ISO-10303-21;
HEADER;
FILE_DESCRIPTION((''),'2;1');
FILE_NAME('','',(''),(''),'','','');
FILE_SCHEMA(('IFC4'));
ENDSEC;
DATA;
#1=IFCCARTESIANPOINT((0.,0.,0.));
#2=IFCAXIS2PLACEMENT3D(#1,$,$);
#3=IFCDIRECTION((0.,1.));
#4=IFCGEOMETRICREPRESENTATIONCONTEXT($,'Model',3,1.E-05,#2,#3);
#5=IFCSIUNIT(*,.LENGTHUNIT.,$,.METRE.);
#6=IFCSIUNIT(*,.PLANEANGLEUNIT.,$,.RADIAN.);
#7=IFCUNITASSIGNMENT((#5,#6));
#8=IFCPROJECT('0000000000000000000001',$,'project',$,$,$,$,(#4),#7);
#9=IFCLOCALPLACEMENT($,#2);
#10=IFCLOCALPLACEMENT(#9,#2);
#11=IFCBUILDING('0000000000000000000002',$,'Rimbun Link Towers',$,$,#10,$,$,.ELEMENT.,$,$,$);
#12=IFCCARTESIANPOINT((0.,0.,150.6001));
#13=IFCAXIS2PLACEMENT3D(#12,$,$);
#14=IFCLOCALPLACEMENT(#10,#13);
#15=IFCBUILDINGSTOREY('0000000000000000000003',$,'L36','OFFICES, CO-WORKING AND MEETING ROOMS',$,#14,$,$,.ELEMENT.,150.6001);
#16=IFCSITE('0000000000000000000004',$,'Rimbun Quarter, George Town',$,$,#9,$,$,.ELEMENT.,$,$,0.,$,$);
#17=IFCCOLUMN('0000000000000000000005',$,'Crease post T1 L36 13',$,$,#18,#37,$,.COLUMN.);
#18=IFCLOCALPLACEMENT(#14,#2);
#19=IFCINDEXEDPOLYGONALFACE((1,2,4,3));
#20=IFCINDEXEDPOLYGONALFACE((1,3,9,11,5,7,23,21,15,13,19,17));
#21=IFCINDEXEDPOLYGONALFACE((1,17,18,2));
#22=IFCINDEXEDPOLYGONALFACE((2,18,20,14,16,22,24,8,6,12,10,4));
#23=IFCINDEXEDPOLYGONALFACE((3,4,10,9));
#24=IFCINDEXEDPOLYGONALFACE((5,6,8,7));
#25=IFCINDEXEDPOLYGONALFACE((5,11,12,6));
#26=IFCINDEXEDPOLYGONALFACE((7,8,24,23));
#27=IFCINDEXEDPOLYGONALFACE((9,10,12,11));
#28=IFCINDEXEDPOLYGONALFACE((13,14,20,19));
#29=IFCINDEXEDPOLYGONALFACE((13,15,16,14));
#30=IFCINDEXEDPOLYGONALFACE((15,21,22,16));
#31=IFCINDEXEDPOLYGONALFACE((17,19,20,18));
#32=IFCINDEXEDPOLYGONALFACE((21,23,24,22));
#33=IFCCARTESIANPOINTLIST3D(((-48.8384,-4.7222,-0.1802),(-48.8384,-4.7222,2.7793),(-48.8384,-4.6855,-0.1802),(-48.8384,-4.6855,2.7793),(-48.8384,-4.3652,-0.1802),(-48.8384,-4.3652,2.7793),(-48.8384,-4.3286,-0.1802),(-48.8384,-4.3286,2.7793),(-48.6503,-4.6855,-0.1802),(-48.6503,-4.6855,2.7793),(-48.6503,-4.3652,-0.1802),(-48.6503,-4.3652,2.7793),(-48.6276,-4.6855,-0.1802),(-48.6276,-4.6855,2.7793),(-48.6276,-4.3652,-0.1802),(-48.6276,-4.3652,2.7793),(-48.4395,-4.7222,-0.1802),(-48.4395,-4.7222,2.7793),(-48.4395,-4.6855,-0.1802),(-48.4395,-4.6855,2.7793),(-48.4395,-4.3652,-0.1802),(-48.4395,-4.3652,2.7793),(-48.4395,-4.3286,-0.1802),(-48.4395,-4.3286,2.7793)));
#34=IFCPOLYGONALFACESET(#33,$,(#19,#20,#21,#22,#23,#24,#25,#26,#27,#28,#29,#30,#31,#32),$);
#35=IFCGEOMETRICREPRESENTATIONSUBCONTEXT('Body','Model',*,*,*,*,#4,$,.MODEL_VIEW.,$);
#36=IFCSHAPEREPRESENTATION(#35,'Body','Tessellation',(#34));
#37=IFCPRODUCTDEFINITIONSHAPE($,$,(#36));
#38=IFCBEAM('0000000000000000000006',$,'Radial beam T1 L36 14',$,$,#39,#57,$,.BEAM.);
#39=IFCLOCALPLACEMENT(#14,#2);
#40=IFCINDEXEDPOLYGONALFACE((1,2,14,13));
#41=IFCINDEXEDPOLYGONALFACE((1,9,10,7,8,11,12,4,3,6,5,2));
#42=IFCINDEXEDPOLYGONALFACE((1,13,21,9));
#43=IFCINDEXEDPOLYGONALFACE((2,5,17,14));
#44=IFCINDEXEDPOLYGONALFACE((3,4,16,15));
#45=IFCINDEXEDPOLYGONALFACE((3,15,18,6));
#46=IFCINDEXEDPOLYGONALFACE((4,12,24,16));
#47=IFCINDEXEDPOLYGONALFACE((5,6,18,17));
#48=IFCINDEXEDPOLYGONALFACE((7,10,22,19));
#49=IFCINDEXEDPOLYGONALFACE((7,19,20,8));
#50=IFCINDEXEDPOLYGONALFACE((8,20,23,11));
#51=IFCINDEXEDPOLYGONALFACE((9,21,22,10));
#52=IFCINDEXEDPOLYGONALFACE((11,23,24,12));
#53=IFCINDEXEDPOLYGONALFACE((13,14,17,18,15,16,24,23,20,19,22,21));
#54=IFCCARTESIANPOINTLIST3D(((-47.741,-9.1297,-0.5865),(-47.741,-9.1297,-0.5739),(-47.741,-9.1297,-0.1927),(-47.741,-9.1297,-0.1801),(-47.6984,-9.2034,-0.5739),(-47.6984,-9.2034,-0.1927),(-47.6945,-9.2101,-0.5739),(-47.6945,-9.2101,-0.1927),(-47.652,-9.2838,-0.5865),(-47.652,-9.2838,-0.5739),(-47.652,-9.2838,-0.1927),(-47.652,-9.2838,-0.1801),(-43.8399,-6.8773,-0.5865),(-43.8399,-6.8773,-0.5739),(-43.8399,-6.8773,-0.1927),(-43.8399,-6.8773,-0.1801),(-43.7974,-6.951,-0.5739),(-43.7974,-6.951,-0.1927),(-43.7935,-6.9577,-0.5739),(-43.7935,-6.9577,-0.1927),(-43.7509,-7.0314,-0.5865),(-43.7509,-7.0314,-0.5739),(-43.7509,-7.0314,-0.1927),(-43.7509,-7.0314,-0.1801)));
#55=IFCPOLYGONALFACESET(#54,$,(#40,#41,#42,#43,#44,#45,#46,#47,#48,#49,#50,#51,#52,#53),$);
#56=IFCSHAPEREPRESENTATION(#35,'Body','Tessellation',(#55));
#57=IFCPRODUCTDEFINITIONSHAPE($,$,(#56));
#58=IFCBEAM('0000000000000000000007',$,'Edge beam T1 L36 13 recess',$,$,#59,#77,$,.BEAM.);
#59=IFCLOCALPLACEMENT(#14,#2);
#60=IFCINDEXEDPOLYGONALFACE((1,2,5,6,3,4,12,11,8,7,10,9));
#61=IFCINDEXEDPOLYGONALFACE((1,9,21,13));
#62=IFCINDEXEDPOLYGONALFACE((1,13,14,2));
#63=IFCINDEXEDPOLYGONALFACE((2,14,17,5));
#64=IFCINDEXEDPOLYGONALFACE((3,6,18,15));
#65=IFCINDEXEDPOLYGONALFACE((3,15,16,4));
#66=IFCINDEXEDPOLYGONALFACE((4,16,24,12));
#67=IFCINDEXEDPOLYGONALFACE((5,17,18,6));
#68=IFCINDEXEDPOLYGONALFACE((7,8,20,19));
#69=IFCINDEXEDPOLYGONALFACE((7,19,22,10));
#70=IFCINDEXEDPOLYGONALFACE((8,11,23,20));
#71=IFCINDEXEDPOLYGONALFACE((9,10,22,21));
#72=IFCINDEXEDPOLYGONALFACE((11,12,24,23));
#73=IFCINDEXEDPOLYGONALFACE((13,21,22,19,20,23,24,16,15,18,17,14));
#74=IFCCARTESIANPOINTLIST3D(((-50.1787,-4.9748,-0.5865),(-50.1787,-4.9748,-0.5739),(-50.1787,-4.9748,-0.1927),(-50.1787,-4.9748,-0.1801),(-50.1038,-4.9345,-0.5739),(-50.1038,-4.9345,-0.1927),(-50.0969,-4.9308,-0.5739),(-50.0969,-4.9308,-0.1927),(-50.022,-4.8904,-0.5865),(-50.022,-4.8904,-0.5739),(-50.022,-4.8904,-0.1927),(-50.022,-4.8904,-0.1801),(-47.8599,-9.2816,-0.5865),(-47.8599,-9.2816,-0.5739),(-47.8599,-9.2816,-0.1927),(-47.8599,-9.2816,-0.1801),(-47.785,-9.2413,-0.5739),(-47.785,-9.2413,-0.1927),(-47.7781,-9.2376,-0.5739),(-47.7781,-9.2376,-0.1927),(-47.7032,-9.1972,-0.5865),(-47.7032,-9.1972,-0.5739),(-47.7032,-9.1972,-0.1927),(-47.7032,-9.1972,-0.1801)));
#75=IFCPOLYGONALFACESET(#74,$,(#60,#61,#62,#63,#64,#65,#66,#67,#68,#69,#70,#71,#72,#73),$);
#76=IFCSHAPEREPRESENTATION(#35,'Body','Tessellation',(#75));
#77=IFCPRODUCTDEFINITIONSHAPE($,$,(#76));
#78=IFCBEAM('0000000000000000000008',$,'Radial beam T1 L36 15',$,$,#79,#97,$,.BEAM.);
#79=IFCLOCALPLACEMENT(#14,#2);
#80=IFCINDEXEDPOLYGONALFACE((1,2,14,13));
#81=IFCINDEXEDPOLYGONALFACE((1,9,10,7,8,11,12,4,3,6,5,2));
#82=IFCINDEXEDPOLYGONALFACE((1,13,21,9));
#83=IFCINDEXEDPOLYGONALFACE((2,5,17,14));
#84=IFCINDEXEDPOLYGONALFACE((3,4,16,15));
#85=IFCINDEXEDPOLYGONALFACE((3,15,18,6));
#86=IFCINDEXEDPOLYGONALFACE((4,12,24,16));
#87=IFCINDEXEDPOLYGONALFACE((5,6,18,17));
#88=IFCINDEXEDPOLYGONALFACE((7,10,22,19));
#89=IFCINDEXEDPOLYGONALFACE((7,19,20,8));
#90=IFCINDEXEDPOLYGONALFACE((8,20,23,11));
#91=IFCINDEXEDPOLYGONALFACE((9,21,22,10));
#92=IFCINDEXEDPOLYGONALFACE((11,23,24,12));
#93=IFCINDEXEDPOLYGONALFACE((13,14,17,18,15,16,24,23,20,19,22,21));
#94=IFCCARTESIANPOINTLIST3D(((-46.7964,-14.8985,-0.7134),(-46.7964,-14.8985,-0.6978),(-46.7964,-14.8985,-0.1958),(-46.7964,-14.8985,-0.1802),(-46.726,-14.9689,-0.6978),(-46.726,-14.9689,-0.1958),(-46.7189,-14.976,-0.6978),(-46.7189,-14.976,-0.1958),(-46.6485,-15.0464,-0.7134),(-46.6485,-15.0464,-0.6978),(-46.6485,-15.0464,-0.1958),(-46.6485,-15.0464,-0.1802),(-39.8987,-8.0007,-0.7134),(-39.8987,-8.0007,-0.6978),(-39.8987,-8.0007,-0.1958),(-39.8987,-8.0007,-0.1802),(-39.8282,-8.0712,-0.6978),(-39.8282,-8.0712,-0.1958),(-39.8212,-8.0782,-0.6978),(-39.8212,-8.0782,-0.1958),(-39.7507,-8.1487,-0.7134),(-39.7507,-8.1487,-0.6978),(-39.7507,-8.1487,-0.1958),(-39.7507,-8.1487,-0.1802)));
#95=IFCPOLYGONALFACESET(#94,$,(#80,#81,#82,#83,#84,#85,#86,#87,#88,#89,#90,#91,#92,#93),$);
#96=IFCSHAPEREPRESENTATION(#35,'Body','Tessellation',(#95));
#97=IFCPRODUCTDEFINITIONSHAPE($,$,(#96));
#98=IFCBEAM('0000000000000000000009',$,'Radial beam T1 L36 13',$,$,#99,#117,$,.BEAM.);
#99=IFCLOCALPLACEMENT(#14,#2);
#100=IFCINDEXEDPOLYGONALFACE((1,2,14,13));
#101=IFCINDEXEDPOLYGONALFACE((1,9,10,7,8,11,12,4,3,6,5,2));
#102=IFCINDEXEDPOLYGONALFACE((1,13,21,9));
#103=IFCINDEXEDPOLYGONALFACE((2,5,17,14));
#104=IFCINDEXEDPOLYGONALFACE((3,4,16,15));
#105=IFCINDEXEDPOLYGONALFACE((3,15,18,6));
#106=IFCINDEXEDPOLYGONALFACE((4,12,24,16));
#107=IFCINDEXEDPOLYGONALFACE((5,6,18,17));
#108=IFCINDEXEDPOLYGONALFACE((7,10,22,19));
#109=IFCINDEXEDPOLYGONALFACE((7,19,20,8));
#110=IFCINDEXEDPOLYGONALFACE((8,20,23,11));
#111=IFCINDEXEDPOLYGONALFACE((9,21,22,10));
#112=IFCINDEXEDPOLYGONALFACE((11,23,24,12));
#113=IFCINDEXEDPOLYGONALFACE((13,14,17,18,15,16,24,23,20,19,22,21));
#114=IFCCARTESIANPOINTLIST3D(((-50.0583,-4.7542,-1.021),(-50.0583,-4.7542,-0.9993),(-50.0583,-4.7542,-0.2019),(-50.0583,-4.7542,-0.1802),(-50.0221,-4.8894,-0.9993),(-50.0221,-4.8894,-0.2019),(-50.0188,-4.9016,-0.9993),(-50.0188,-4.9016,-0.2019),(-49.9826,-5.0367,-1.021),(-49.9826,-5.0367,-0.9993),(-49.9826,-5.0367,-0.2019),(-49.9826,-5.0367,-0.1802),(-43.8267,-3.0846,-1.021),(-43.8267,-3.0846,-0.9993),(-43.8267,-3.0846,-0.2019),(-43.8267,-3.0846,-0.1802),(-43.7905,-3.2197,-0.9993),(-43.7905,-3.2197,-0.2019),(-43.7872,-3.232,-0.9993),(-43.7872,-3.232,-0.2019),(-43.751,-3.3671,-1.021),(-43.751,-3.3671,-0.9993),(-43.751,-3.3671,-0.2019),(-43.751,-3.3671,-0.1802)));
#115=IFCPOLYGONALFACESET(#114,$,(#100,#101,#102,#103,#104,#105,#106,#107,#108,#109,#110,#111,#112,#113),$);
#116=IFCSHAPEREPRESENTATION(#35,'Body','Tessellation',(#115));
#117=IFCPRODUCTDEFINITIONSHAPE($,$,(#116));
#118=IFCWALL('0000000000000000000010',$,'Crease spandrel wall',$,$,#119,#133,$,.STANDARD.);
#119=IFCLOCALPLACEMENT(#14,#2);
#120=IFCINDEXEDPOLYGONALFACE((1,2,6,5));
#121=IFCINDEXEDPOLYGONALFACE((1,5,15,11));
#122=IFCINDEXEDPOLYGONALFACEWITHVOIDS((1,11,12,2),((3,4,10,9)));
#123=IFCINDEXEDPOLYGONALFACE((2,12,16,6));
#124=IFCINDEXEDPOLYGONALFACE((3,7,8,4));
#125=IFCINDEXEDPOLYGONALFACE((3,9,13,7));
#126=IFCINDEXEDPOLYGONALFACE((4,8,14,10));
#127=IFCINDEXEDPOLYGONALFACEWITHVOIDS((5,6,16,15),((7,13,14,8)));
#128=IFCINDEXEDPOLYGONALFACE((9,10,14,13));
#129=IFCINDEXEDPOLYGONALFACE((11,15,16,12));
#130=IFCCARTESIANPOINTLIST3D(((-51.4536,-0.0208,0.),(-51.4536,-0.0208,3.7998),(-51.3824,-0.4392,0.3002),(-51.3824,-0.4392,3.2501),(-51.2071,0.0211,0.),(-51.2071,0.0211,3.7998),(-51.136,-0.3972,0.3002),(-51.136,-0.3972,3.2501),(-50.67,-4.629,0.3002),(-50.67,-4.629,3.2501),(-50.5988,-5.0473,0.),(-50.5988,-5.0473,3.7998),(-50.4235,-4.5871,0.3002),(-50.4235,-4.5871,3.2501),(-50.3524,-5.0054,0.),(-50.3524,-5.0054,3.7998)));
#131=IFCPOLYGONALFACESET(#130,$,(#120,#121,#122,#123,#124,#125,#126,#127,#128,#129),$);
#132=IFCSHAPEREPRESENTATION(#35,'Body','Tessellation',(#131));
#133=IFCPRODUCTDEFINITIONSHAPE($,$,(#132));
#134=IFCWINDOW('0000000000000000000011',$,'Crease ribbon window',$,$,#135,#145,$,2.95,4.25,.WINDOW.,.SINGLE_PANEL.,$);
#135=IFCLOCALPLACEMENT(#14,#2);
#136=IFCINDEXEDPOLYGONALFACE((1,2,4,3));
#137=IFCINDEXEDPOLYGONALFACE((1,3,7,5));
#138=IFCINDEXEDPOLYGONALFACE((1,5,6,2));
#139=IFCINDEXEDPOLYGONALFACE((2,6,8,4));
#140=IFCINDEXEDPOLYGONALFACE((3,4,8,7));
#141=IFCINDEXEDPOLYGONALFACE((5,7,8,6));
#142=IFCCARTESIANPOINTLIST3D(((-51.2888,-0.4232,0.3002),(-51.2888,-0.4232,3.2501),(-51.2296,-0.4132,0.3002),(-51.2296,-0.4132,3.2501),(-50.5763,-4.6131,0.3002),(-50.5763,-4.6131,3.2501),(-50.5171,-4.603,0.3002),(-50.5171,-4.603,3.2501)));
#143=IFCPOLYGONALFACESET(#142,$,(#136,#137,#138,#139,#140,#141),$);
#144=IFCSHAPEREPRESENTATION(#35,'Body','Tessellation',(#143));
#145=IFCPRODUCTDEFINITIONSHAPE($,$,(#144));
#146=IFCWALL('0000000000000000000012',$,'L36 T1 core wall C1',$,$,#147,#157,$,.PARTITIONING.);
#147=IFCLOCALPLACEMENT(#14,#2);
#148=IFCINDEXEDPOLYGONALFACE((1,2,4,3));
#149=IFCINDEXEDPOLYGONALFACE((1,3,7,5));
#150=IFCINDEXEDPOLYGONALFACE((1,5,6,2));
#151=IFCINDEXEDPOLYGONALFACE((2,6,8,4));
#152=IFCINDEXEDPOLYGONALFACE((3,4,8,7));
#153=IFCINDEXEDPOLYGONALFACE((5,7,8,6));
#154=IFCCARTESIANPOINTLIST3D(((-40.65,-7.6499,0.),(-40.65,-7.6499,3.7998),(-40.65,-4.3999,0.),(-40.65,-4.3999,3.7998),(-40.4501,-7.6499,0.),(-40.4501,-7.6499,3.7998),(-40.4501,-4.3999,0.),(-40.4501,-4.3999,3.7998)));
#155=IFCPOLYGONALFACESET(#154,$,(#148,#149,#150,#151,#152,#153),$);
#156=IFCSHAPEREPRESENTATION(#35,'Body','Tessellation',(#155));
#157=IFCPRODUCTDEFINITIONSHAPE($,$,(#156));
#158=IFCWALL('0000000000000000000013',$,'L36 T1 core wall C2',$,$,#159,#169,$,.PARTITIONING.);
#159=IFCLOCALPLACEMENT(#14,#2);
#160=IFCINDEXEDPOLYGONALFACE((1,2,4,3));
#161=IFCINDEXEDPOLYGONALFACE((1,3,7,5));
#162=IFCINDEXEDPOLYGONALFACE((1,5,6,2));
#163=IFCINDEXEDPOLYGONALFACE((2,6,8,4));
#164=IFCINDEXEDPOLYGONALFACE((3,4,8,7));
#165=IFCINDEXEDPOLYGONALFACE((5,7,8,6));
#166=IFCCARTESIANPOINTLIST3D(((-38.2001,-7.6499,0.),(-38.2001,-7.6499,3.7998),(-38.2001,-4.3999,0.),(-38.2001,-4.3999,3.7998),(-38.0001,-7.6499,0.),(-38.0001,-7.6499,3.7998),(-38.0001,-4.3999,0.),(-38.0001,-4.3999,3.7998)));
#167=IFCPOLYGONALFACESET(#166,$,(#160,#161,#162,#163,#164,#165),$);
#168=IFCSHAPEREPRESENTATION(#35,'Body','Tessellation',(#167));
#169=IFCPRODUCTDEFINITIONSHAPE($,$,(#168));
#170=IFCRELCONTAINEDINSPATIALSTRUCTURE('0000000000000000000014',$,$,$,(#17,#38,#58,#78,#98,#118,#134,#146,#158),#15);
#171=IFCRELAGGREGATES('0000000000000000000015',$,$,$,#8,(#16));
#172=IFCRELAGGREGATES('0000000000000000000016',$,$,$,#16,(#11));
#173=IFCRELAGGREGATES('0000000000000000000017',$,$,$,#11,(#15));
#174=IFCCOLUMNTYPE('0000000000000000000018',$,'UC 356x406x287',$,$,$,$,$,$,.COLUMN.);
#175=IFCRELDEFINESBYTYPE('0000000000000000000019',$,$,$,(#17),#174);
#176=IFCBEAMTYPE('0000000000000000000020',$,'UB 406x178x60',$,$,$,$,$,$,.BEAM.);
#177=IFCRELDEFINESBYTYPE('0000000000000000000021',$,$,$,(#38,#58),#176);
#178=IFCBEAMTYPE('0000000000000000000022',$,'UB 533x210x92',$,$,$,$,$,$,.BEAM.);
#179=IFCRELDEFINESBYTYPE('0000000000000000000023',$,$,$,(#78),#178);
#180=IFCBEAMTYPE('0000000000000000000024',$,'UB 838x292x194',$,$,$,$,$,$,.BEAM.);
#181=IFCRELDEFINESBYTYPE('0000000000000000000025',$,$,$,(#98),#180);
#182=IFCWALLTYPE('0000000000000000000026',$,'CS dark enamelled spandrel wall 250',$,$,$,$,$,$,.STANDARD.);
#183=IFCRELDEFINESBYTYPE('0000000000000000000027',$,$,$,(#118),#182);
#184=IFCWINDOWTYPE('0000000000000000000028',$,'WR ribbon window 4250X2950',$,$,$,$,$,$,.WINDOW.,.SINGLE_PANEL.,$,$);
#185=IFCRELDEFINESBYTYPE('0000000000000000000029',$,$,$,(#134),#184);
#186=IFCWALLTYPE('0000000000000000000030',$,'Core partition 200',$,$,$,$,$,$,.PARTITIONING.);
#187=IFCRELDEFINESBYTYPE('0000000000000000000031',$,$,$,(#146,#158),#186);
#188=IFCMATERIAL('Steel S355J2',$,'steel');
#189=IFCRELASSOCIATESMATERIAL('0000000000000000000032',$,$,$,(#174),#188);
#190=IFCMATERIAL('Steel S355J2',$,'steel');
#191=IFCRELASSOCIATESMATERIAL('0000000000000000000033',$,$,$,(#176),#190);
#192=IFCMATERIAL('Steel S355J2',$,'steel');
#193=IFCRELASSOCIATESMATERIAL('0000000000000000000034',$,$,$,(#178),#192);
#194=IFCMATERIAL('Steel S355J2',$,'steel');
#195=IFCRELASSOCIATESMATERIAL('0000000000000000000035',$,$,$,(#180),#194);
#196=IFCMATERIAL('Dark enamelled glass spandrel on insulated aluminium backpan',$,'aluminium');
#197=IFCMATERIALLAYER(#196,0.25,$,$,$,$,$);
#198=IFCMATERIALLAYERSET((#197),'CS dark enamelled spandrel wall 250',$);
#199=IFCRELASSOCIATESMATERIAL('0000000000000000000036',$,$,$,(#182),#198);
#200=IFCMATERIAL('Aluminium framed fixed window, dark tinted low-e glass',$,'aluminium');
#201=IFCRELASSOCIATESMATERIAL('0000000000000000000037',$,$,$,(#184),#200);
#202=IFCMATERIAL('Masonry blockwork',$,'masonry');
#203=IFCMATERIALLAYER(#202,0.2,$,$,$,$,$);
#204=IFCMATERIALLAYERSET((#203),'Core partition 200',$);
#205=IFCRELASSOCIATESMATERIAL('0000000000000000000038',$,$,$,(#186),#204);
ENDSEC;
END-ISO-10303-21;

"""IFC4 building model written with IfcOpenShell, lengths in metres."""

from ifc_helpers import new_model, si_unit, direction, frame, frame_2d, origin, origin_2d, place, context, subcontext, project, spatial, rectangle, i_section, extrude, material, layer, layer_set, material_profile, profile_set, type_object, element, fill, save


model = new_model("IFC4")

# Units and contexts
model_context = context("Model", 3, precision=1e-05, world=origin(), true_north=direction((0.0, 1.0)))
body_context = subcontext(model_context, "Body", "Model", "MODEL_VIEW")
ifc_project = project(units=[si_unit("LENGTHUNIT", "METRE"), si_unit("PLANEANGLEUNIT", "RADIAN")], contexts=[model_context])

# Site, building, storey
site_placement = place(None, origin())
site = spatial("IfcSite", under=ifc_project, at=site_placement, Name="Rimbun Quarter, George Town", CompositionType="ELEMENT", RefElevation=0.0)
building_placement = place(site_placement, origin())
building = spatial("IfcBuilding", under=site, at=building_placement, Name="Rimbun Link Towers", CompositionType="ELEMENT")
storey_placement = place(building_placement, frame((0.0, 0.0, 150.6001)))
storey = spatial("IfcBuildingStorey", under=building, at=storey_placement, Name="L36", Description="OFFICES, CO-WORKING AND MEETING ROOMS", CompositionType="ELEMENT", Elevation=150.6001)

# Column
ifc_material_1 = material(Name="Steel S355J2", Category="steel")
ifc_material_profile_1 = material_profile(ifc_material_1, i_section(OverallWidth=0.3989, OverallDepth=0.3936, WebThickness=0.0227, FlangeThickness=0.0366, at=origin_2d()), Name="UC 356x406x287")
ifc_profile_set_1 = profile_set([ifc_material_profile_1], Name="Steel S355J2")
column_type = type_object("IfcColumnType", Name="UC 356x406x287", PredefinedType="COLUMN", material=ifc_profile_set_1)
column_placement = place(storey_placement, frame((-48.6389, -4.5254, -0.1802), z_axis=(0.0, 0.0, 1.0), x_axis=(1.0, 0.0, 0.0)))
element("IfcColumn", 1, at=column_placement, inside=storey, type_object=column_type, Name="Crease post T1 L36 13", PredefinedType="COLUMN", context=body_context, shape_type="SweptSolid", body=[
    extrude(i_section(OverallWidth=0.3989, OverallDepth=0.3936, WebThickness=0.0227, FlangeThickness=0.0366, at=origin_2d()), origin(), (0.0, 0.0, 1.0), 2.9595),
])

# Beams
ifc_material_2 = material(Name="Steel S355J2", Category="steel")
ifc_material_profile_2 = material_profile(ifc_material_2, i_section(OverallWidth=0.178, OverallDepth=0.4065, WebThickness=0.0078, FlangeThickness=0.0127, at=origin_2d()), Name="UB 406x178x60")
ifc_profile_set_2 = profile_set([ifc_material_profile_2], Name="Steel S355J2")
beam_type_1 = type_object("IfcBeamType", Name="UB 406x178x60", PredefinedType="BEAM", material=ifc_profile_set_2)
beam_1_placement = place(storey_placement, frame((-43.7954, -6.9543, -0.3833), z_axis=(-0.866013, -0.500021, 0.0), x_axis=(0.500021, -0.866013, 0.0)))
element("IfcBeam", 2, at=beam_1_placement, inside=storey, type_object=beam_type_1, Name="Radial beam T1 L36 14", PredefinedType="BEAM", context=body_context, shape_type="SweptSolid", body=[
    extrude(i_section(OverallWidth=0.178, OverallDepth=0.4065, WebThickness=0.0078, FlangeThickness=0.0127, at=origin_2d()), origin(), (0.0, 0.0, 1.0), 4.5046),
])
beam_2_placement = place(storey_placement, frame((-50.1003, -4.9326, -0.3833), z_axis=(0.474061, -0.880492, 0.0), x_axis=(0.880492, 0.474061, 0.0)))
element("IfcBeam", 3, at=beam_2_placement, inside=storey, type_object=beam_type_1, Name="Edge beam T1 L36 13 recess", PredefinedType="BEAM", context=body_context, shape_type="SweptSolid", body=[
    extrude(i_section(OverallWidth=0.178, OverallDepth=0.4065, WebThickness=0.0078, FlangeThickness=0.0127, at=origin_2d()), origin(), (0.0, 0.0, 1.0), 4.8914),
])
ifc_material_3 = material(Name="Steel S355J2", Category="steel")
ifc_material_profile_3 = material_profile(ifc_material_3, i_section(OverallWidth=0.2092, OverallDepth=0.5332, WebThickness=0.01, FlangeThickness=0.0156, at=origin_2d()), Name="UB 533x210x92")
ifc_profile_set_3 = profile_set([ifc_material_profile_3], Name="Steel S355J2")
beam_type_2 = type_object("IfcBeamType", Name="UB 533x210x92", PredefinedType="BEAM", material=ifc_profile_set_3)
beam_3_placement = place(storey_placement, frame((-39.8247, -8.0747, -0.4468), z_axis=(-0.707107, -0.707107, 0.0), x_axis=(0.707107, -0.707107, 0.0)))
element("IfcBeam", 4, at=beam_3_placement, inside=storey, type_object=beam_type_2, Name="Radial beam T1 L36 15", PredefinedType="BEAM", context=body_context, shape_type="SweptSolid", body=[
    extrude(i_section(OverallWidth=0.2092, OverallDepth=0.5332, WebThickness=0.01, FlangeThickness=0.0156, at=origin_2d()), origin(), (0.0, 0.0, 1.0), 9.7549),
])
ifc_material_4 = material(Name="Steel S355J2", Category="steel")
ifc_material_profile_4 = material_profile(ifc_material_4, i_section(OverallWidth=0.2925, OverallDepth=0.8408, WebThickness=0.0127, FlangeThickness=0.0217, at=origin_2d()), Name="UB 838x292x194")
ifc_profile_set_4 = profile_set([ifc_material_profile_4], Name="Steel S355J2")
beam_type_3 = type_object("IfcBeamType", Name="UB 838x292x194", PredefinedType="BEAM", material=ifc_profile_set_4)
beam_4_placement = place(storey_placement, frame((-43.7888, -3.2258, -0.6006), z_axis=(-0.96593, -0.258805, 0.0), x_axis=(0.258805, -0.96593, 0.0)))
element("IfcBeam", 5, at=beam_4_placement, inside=storey, type_object=beam_type_3, Name="Radial beam T1 L36 13", PredefinedType="BEAM", context=body_context, shape_type="SweptSolid", body=[
    extrude(i_section(OverallWidth=0.2925, OverallDepth=0.8408, WebThickness=0.0127, FlangeThickness=0.0217, at=origin_2d()), origin(), (0.0, 0.0, 1.0), 6.4514),
])

# Wall, opening, window
ifc_material_5 = material(Name="Dark enamelled glass spandrel on insulated aluminium backpan", Category="aluminium")
ifc_layer_1 = layer(ifc_material_5, 0.25)
ifc_layer_set_1 = layer_set([ifc_layer_1], Name="CS dark enamelled spandrel wall 250")
wall_type_1 = type_object("IfcWallType", Name="CS dark enamelled spandrel wall 250", PredefinedType="STANDARD", material=ifc_layer_set_1)
wall_1_placement = place(storey_placement, frame((-50.4756, -5.0264, 0.0), z_axis=(0.0, 0.0, 1.0), x_axis=(-0.167644, 0.985848, 0.0)))
wall_1 = element("IfcWall", 6, at=wall_1_placement, inside=storey, type_object=wall_type_1, Name="Crease spandrel wall", PredefinedType="STANDARD", context=body_context, shape_type="SweptSolid", body=[
    extrude(rectangle(XDim=5.0986, YDim=0.25, at=frame_2d((2.5493, 0.0))), origin(), (0.0, 0.0, 1.0), 3.7998),
])
opening_1_placement = place(wall_1_placement, frame((0.4243, 0.0, 0.3)))
opening_1 = element("IfcOpeningElement", 7, at=opening_1_placement, cuts=wall_1, PredefinedType="OPENING", context=body_context, shape_type="SweptSolid", body=[
    extrude(rectangle(XDim=4.25, YDim=2.95, at=frame_2d((2.125, 1.4751))), frame((0.0, 0.135, 0.0), z_axis=(0.0, -1.0, 0.0), x_axis=(1.0, 0.0, 0.0)), (0.0, 0.0, 1.0), 0.27),
])
ifc_material_6 = material(Name="Aluminium framed fixed window, dark tinted low-e glass", Category="aluminium")
window_type = type_object("IfcWindowType", Name="WR ribbon window 4250X2950", PartitioningType="SINGLE_PANEL", PredefinedType="WINDOW", material=ifc_material_6)
window_placement = place(opening_1_placement, origin())
window = element("IfcWindow", 8, at=window_placement, inside=storey, type_object=window_type, Name="Crease ribbon window", OverallHeight=2.95, OverallWidth=4.25, PartitioningType="SINGLE_PANEL", PredefinedType="WINDOW", context=body_context, shape_type="SweptSolid", body=[
    extrude(rectangle(XDim=4.25, YDim=2.95, at=frame_2d((2.125, 1.4751))), frame((0.0, 0.03, 0.0), z_axis=(0.0, -1.0, 0.0), x_axis=(1.0, 0.0, 0.0)), (0.0, 0.0, 1.0), 0.0601),
])
fill(opening_1, window)

# Walls
ifc_material_7 = material(Name="Masonry blockwork", Category="masonry")
ifc_layer_2 = layer(ifc_material_7, 0.2)
ifc_layer_set_2 = layer_set([ifc_layer_2], Name="Core partition 200")
wall_type_2 = type_object("IfcWallType", Name="Core partition 200", PredefinedType="PARTITIONING", material=ifc_layer_set_2)
for number, where, z_axis, x_axis, name in (
    (9, (-40.55, -4.3999, 0.0), (0.0, 0.0, 1.0), (0.0, -1.0, 0.0), "L36 T1 core wall C1"),
    (10, (-38.1001, -4.3999, 0.0), (0.0, 0.0, 1.0), (0.0, -1.0, 0.0), "L36 T1 core wall C2"),
):
    element("IfcWall", number, at=place(storey_placement, frame(where, z_axis=z_axis, x_axis=x_axis)), inside=storey, type_object=wall_type_2, Name=name, PredefinedType="PARTITIONING", context=body_context, shape_type="SweptSolid", body=[
        extrude(rectangle(XDim=3.25, YDim=0.2, at=frame_2d((1.625, 0.0))), origin(), (0.0, 0.0, 1.0), 3.7998),
    ])

save(model, "model.ifc")
